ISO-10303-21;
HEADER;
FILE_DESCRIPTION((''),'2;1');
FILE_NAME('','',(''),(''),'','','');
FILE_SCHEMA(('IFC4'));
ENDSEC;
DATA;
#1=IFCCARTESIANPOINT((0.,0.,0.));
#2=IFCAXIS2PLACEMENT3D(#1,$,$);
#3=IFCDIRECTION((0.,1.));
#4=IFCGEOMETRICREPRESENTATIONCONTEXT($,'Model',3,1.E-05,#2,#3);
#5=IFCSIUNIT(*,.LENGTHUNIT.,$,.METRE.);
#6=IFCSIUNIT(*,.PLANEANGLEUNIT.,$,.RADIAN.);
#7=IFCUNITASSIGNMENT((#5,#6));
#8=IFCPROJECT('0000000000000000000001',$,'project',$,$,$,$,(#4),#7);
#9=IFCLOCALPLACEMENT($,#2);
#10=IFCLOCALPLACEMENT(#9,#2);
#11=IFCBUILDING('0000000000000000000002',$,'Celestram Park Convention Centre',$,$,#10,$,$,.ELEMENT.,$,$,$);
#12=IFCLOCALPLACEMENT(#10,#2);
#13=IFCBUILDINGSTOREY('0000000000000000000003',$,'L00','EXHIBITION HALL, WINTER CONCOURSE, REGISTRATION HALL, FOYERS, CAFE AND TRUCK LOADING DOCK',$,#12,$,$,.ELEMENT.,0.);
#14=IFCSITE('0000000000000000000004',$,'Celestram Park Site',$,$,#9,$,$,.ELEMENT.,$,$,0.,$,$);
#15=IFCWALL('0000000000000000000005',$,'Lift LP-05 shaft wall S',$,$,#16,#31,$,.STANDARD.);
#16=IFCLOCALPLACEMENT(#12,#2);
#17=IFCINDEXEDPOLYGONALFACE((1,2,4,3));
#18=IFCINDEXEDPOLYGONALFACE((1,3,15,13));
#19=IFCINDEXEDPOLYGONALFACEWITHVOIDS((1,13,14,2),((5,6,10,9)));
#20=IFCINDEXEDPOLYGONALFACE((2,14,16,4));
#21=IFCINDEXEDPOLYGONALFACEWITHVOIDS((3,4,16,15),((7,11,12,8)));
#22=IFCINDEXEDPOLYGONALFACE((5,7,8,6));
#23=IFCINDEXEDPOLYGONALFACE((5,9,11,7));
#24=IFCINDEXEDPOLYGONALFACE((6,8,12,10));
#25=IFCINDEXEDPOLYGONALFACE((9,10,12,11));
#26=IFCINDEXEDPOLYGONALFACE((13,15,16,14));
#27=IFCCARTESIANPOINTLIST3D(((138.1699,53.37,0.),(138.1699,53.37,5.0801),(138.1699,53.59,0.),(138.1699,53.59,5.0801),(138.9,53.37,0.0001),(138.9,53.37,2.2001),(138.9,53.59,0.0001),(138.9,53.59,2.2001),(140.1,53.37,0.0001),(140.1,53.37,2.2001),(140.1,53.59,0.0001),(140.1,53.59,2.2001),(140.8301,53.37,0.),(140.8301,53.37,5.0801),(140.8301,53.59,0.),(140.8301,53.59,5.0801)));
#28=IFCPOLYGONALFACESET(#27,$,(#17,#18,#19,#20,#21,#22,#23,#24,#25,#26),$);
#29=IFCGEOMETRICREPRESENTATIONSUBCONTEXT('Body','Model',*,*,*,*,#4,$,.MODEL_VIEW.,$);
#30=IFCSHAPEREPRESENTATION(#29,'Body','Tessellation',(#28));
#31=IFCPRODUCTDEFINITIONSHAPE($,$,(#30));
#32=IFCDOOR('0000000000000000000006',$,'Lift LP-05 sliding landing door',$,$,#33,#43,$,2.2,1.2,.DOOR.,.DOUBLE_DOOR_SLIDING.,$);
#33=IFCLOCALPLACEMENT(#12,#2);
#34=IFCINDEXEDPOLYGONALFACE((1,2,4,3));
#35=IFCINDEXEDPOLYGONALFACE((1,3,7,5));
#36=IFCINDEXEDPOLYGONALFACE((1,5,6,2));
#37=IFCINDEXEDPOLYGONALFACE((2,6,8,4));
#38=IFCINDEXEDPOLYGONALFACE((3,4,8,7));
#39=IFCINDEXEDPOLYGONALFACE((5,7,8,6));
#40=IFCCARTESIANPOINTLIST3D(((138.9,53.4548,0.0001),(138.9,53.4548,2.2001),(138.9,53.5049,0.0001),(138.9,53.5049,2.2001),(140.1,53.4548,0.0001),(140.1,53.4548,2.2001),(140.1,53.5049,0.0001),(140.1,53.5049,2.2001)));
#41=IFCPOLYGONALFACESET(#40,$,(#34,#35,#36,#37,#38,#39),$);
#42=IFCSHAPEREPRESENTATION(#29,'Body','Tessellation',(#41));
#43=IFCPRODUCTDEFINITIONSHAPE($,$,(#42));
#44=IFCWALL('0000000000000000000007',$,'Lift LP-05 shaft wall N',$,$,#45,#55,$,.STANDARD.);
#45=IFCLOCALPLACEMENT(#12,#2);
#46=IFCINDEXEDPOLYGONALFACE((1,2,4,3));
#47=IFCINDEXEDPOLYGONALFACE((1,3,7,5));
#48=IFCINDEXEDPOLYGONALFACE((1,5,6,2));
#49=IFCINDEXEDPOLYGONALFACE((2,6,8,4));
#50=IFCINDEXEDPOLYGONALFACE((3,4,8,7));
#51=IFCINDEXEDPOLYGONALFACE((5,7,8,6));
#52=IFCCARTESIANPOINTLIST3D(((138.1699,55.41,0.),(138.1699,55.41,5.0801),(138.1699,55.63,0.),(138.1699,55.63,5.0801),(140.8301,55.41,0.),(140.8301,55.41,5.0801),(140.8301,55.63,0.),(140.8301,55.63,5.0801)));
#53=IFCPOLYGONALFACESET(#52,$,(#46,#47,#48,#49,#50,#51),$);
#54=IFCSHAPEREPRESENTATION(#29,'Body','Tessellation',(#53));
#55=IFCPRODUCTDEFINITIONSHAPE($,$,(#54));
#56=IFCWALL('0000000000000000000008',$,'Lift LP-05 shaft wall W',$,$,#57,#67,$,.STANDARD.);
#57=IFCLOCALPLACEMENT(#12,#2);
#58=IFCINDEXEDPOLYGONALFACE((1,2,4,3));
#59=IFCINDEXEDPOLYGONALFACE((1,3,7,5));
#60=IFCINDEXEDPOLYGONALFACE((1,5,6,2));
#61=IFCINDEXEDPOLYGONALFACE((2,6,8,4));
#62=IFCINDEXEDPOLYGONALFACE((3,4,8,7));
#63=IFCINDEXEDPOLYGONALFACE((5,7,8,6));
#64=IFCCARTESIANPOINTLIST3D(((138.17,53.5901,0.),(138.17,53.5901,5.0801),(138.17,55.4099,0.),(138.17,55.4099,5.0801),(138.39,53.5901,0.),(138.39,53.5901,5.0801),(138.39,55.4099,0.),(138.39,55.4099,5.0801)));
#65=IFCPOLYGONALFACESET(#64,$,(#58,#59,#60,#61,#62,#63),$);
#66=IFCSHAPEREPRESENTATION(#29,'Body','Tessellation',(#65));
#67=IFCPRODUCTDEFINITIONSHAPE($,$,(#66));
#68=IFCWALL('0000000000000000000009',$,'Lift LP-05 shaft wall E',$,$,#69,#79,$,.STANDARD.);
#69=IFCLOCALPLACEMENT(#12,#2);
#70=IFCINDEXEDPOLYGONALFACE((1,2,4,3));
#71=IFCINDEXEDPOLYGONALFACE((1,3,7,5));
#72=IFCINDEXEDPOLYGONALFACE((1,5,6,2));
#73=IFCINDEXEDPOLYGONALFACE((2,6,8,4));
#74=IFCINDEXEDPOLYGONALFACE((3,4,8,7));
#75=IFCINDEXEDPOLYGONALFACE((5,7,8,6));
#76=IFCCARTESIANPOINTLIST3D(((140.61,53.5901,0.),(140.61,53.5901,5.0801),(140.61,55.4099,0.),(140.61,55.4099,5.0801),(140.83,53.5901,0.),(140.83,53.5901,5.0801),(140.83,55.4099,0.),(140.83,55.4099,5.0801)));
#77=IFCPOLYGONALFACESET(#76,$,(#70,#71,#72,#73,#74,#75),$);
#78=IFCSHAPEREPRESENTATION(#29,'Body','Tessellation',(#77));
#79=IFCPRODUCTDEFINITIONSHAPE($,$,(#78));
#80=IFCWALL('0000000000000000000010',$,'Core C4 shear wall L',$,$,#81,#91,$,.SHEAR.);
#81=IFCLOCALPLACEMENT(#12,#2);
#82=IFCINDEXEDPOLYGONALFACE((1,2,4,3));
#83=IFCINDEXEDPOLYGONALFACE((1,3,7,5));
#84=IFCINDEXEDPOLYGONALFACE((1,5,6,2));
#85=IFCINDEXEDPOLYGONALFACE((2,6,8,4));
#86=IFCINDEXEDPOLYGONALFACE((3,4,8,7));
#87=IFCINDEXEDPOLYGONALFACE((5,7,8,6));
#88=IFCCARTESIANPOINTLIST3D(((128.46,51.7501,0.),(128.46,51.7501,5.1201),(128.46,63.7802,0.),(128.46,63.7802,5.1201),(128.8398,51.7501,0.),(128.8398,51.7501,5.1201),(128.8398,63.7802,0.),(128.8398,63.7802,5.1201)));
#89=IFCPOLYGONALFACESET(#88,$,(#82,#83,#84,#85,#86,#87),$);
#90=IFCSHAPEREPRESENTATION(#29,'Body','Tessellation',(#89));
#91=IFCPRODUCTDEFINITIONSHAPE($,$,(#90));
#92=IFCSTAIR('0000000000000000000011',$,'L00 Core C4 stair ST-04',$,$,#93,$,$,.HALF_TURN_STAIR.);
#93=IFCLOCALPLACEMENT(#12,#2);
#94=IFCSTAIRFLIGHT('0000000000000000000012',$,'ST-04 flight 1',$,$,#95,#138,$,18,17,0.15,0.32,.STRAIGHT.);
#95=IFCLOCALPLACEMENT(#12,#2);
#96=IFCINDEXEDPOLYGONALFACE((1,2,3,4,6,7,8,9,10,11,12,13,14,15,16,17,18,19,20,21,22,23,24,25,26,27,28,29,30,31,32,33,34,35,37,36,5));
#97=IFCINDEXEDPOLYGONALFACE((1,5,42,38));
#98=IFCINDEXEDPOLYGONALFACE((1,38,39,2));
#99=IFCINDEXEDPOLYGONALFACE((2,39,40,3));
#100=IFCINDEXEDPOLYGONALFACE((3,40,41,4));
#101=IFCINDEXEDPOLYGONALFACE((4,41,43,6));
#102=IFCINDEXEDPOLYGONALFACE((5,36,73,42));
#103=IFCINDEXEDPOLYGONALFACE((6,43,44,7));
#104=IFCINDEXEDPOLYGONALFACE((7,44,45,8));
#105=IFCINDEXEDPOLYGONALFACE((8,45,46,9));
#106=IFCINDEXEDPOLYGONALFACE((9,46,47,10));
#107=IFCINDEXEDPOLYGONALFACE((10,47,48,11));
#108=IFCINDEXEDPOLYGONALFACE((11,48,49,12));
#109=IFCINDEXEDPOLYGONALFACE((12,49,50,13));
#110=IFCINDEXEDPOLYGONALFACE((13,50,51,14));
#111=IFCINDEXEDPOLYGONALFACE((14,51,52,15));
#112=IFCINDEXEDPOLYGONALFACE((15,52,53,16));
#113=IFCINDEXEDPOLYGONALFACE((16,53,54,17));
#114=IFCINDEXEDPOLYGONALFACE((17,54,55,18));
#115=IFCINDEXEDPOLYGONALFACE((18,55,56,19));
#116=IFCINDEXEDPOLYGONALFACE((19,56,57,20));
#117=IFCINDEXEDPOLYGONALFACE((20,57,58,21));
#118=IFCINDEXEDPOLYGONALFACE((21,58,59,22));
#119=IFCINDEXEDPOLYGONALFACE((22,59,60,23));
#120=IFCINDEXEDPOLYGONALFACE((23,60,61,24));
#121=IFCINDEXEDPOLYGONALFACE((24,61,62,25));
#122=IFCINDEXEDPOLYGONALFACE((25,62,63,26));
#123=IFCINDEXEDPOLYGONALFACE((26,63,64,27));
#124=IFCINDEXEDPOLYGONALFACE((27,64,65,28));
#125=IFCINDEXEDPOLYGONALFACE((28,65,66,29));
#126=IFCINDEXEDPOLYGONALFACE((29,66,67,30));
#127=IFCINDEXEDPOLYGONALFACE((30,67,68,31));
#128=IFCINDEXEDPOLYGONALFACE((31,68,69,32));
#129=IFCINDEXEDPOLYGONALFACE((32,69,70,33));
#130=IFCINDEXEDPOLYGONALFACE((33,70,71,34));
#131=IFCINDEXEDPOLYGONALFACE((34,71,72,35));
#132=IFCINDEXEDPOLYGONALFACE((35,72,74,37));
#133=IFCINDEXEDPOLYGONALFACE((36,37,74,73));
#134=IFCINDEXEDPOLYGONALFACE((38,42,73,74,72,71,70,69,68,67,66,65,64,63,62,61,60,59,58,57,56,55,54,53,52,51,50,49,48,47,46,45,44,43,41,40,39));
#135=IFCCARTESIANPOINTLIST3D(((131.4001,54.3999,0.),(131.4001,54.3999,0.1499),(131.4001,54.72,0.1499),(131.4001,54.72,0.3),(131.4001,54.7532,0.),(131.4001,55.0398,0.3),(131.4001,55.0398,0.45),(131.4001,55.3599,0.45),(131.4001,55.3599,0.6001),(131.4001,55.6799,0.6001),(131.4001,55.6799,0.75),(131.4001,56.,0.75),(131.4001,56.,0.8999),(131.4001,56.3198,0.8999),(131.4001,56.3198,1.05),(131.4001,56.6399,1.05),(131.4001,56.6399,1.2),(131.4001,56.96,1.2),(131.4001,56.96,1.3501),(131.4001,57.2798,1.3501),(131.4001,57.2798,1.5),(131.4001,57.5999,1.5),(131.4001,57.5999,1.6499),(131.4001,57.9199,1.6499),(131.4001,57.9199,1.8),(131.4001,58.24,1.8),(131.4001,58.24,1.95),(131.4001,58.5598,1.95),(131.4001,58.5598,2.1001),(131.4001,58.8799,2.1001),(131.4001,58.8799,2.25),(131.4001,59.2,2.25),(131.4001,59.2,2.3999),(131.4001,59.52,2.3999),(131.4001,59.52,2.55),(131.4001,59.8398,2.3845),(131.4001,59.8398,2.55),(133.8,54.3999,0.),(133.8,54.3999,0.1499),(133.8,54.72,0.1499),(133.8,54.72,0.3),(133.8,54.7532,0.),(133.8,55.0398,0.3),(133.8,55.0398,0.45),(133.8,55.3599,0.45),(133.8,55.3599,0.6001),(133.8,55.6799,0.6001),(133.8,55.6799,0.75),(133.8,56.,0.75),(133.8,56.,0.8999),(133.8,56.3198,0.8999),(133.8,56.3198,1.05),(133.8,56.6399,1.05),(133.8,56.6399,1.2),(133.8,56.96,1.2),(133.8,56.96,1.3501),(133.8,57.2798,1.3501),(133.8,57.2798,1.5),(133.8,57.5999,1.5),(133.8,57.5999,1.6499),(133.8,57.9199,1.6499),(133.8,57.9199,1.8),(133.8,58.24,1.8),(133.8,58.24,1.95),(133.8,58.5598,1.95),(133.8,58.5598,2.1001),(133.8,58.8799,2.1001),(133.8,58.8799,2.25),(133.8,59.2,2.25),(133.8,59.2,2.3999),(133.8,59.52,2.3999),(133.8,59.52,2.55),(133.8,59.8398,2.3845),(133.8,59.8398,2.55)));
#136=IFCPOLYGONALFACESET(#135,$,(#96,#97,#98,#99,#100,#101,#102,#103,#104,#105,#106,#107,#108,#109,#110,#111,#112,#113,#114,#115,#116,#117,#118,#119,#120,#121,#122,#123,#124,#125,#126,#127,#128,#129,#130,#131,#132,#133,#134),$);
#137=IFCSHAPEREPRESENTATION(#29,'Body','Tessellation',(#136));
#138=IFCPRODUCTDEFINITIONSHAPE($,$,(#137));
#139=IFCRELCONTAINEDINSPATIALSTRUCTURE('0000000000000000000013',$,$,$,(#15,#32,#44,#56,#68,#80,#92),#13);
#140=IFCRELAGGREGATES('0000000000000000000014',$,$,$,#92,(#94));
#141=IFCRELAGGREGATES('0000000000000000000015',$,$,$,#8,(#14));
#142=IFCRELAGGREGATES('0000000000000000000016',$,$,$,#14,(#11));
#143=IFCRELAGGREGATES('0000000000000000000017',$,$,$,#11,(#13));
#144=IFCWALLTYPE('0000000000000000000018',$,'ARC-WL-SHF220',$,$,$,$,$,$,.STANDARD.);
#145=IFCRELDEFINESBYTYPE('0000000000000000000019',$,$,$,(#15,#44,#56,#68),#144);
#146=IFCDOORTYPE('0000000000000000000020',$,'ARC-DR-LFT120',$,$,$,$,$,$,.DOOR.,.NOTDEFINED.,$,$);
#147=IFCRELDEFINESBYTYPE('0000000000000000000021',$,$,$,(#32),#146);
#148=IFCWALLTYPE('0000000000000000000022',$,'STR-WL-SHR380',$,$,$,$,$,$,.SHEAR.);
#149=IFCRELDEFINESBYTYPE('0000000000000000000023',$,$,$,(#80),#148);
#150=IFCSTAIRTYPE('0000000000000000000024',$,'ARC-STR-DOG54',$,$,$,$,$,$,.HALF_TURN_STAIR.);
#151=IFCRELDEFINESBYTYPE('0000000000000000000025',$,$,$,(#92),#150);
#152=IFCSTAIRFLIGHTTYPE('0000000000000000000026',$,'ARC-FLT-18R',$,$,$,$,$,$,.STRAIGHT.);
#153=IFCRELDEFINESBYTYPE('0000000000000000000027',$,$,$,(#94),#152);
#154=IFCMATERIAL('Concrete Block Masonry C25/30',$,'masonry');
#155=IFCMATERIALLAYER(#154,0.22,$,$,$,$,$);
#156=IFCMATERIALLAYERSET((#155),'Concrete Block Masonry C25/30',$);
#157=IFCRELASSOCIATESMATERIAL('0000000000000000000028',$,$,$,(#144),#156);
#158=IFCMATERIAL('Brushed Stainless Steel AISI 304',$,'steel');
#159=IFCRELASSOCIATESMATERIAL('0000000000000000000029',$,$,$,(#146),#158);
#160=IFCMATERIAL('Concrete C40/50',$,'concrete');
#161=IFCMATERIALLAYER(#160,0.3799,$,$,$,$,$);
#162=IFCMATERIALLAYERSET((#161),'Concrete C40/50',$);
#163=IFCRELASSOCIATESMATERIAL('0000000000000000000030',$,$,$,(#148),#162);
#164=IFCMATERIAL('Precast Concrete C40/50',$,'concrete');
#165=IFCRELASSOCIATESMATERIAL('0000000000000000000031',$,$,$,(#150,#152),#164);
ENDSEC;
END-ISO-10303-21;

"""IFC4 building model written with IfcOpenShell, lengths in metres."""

from ifc_helpers import new_model, si_unit, direction, frame, frame_2d, origin, place, context, subcontext, project, spatial, polyline, rectangle, outline, extrude, material, layer, layer_set, type_object, element, fill, aggregate, save


model = new_model("IFC4")

# Units and contexts
model_context = context("Model", 3, precision=1e-05, world=origin(), true_north=direction((0.0, 1.0)))
body_context = subcontext(model_context, "Body", "Model", "MODEL_VIEW")
ifc_project = project(units=[si_unit("LENGTHUNIT", "METRE"), si_unit("PLANEANGLEUNIT", "RADIAN")], contexts=[model_context])

# Site, building, storey
site_placement = place(None, origin())
site = spatial("IfcSite", under=ifc_project, at=site_placement, Name="Celestram Park Site", CompositionType="ELEMENT", RefElevation=0.0)
building_placement = place(site_placement, origin())
building = spatial("IfcBuilding", under=site, at=building_placement, Name="Celestram Park Convention Centre", CompositionType="ELEMENT")
storey_placement = place(building_placement, origin())
storey = spatial("IfcBuildingStorey", under=building, at=storey_placement, Name="L00", Description="EXHIBITION HALL, WINTER CONCOURSE, REGISTRATION HALL, FOYERS, CAFE AND TRUCK LOADING DOCK", CompositionType="ELEMENT", Elevation=0.0)

# Shared definitions
ifc_material_1 = material(Name="Concrete C40/50", Category="concrete")

# Wall, opening, door
ifc_material_2 = material(Name="Concrete Block Masonry C25/30", Category="masonry")
ifc_layer_1 = layer(ifc_material_2, 0.22)
ifc_layer_set_1 = layer_set([ifc_layer_1], Name="Concrete Block Masonry C25/30")
wall_type_1 = type_object("IfcWallType", Name="ARC-WL-SHF220", PredefinedType="STANDARD", material=ifc_layer_set_1)
wall_1_placement = place(storey_placement, frame((138.1699, 53.48, 0.0), z_axis=(0.0, 0.0, 1.0), x_axis=(1.0, 0.0, 0.0)))
wall_1 = element("IfcWall", 1, at=wall_1_placement, inside=storey, type_object=wall_type_1, Name="Lift LP-05 shaft wall S", PredefinedType="STANDARD", context=body_context, shape_type="SweptSolid", body=[
    extrude(rectangle(XDim=2.6602, YDim=0.22, at=frame_2d((1.3301, 0.0))), origin(), (0.0, 0.0, 1.0), 5.0801),
])
opening_1_placement = place(wall_1_placement, frame((0.73, 0.0, 0.0)))
opening_1 = element("IfcOpeningElement", 2, at=opening_1_placement, cuts=wall_1, PredefinedType="OPENING", context=body_context, shape_type="SweptSolid", body=[
    extrude(rectangle(XDim=1.2, YDim=2.2, at=frame_2d((0.6001, 1.1001))), frame((0.0, 0.1199, 0.0), z_axis=(0.0, -1.0, 0.0), x_axis=(1.0, 0.0, 0.0)), (0.0, 0.0, 1.0), 0.24),
])
ifc_material_3 = material(Name="Brushed Stainless Steel AISI 304", Category="steel")
door_type_1 = type_object("IfcDoorType", Name="ARC-DR-LFT120", OperationType="NOTDEFINED", PredefinedType="DOOR", material=ifc_material_3)
door_1_placement = place(opening_1_placement, origin())
door_1 = element("IfcDoor", 3, at=door_1_placement, inside=storey, type_object=door_type_1, Name="Lift LP-05 sliding landing door", OperationType="DOUBLE_DOOR_SLIDING", OverallHeight=2.2, OverallWidth=1.2, PredefinedType="DOOR", context=body_context, shape_type="SweptSolid", body=[
    extrude(rectangle(XDim=1.2, YDim=2.2, at=frame_2d((0.6001, 1.1001))), frame((0.0, 0.0249, 0.0), z_axis=(0.0, -1.0, 0.0), x_axis=(1.0, 0.0, 0.0)), (0.0, 0.0, 1.0), 0.05),
])
fill(opening_1, door_1)

# Walls
wall_2_placement = place(storey_placement, frame((140.8301, 55.52, 0.0), z_axis=(0.0, 0.0, 1.0), x_axis=(-1.0, 0.0, 0.0)))
element("IfcWall", 4, at=wall_2_placement, inside=storey, type_object=wall_type_1, Name="Lift LP-05 shaft wall N", PredefinedType="STANDARD", context=body_context, shape_type="SweptSolid", body=[
    extrude(rectangle(XDim=2.6602, YDim=0.22, at=frame_2d((1.3301, 0.0))), origin(), (0.0, 0.0, 1.0), 5.0801),
])
for number, where, z_axis, x_axis, name in (
    (5, (138.28, 55.4099, 0.0), (0.0, 0.0, 1.0), (0.0, -1.0, 0.0), "Lift LP-05 shaft wall W"),
    (6, (140.72, 53.5901, 0.0), (0.0, 0.0, 1.0), (0.0, 1.0, 0.0), "Lift LP-05 shaft wall E"),
):
    element("IfcWall", number, at=place(storey_placement, frame(where, z_axis=z_axis, x_axis=x_axis)), inside=storey, type_object=wall_type_1, Name=name, PredefinedType="STANDARD", context=body_context, shape_type="SweptSolid", body=[
        extrude(rectangle(XDim=1.8198, YDim=0.22, at=frame_2d((0.9099, 0.0))), origin(), (0.0, 0.0, 1.0), 5.0801),
    ])
ifc_layer_2 = layer(ifc_material_1, 0.3799)
ifc_layer_set_2 = layer_set([ifc_layer_2], Name="Concrete C40/50")
wall_type_2 = type_object("IfcWallType", Name="STR-WL-SHR380", PredefinedType="SHEAR", material=ifc_layer_set_2)
wall_3_placement = place(storey_placement, frame((128.6499, 51.75, 0.0), z_axis=(0.0, 0.0, 1.0), x_axis=(0.0, 1.0, 0.0)))
element("IfcWall", 7, at=wall_3_placement, inside=storey, type_object=wall_type_2, Name="Core C4 shear wall L", PredefinedType="SHEAR", context=body_context, shape_type="SweptSolid", body=[
    extrude(rectangle(XDim=12.03, YDim=0.3799, at=frame_2d((6.0151, 0.0))), origin(), (0.0, 0.0, 1.0), 5.1201),
])

# Stair, stair flight
ifc_material_4 = material(Name="Precast Concrete C40/50", Category="concrete")
stair_type = type_object("IfcStairType", Name="ARC-STR-DOG54", PredefinedType="HALF_TURN_STAIR", material=ifc_material_4)
stair_placement = place(storey_placement, origin())
stair = element("IfcStair", 8, at=stair_placement, inside=storey, type_object=stair_type, Name="L00 Core C4 stair ST-04", PredefinedType="HALF_TURN_STAIR")
stair_flight_type = type_object("IfcStairFlightType", Name="ARC-FLT-18R", PredefinedType="STRAIGHT", material=ifc_material_4)
stair_flight_placement = place(storey_placement, frame((132.6001, 54.3999, 0.0), z_axis=(0.0, 0.0, 1.0), x_axis=(0.0, 1.0, 0.0)))
stair_flight = element("IfcStairFlight", 9, at=stair_flight_placement, type_object=stair_flight_type, Name="ST-04 flight 1", NumberOfRisers=18, NumberOfTreads=17, PredefinedType="STRAIGHT", RiserHeight=0.15, TreadLength=0.32, context=body_context, shape_type="SweptSolid", body=[
    extrude(outline(polyline([(0.0, 0.0), (0.0, 0.1499), (0.3201, 0.1499), (0.3201, 0.3), (0.6399, 0.3), (0.6399, 0.45), (0.96, 0.45), (0.96, 0.6001), (1.28, 0.6001), (1.28, 0.75), (1.6001, 0.75), (1.6001, 0.8999), (1.9199, 0.8999), (1.9199, 1.05), (2.24, 1.05), (2.24, 1.2), (2.5601, 1.2), (2.5601, 1.3501), (2.8799, 1.3501), (2.8799, 1.5), (3.2, 1.5), (3.2, 1.6499), (3.52, 1.6499), (3.52, 1.8), (3.8401, 1.8), (3.8401, 1.95), (4.1599, 1.95), (4.1599, 2.1001), (4.48, 2.1001), (4.48, 2.25), (4.8, 2.25), (4.8, 2.3999), (5.1201, 2.3999), (5.1201, 2.55), (5.4399, 2.55), (5.4399, 2.7), (5.4399, 2.3845), (0.3533, 0.0), (0.0, 0.0)])), frame((0.0, 1.2, 0.0), z_axis=(0.0, -1.0, 0.0), x_axis=(1.0, 0.0, 0.0)), (0.0, 0.0, 1.0), 2.3999),
])
aggregate(stair, [stair_flight])

save(model, "model.ifc")
